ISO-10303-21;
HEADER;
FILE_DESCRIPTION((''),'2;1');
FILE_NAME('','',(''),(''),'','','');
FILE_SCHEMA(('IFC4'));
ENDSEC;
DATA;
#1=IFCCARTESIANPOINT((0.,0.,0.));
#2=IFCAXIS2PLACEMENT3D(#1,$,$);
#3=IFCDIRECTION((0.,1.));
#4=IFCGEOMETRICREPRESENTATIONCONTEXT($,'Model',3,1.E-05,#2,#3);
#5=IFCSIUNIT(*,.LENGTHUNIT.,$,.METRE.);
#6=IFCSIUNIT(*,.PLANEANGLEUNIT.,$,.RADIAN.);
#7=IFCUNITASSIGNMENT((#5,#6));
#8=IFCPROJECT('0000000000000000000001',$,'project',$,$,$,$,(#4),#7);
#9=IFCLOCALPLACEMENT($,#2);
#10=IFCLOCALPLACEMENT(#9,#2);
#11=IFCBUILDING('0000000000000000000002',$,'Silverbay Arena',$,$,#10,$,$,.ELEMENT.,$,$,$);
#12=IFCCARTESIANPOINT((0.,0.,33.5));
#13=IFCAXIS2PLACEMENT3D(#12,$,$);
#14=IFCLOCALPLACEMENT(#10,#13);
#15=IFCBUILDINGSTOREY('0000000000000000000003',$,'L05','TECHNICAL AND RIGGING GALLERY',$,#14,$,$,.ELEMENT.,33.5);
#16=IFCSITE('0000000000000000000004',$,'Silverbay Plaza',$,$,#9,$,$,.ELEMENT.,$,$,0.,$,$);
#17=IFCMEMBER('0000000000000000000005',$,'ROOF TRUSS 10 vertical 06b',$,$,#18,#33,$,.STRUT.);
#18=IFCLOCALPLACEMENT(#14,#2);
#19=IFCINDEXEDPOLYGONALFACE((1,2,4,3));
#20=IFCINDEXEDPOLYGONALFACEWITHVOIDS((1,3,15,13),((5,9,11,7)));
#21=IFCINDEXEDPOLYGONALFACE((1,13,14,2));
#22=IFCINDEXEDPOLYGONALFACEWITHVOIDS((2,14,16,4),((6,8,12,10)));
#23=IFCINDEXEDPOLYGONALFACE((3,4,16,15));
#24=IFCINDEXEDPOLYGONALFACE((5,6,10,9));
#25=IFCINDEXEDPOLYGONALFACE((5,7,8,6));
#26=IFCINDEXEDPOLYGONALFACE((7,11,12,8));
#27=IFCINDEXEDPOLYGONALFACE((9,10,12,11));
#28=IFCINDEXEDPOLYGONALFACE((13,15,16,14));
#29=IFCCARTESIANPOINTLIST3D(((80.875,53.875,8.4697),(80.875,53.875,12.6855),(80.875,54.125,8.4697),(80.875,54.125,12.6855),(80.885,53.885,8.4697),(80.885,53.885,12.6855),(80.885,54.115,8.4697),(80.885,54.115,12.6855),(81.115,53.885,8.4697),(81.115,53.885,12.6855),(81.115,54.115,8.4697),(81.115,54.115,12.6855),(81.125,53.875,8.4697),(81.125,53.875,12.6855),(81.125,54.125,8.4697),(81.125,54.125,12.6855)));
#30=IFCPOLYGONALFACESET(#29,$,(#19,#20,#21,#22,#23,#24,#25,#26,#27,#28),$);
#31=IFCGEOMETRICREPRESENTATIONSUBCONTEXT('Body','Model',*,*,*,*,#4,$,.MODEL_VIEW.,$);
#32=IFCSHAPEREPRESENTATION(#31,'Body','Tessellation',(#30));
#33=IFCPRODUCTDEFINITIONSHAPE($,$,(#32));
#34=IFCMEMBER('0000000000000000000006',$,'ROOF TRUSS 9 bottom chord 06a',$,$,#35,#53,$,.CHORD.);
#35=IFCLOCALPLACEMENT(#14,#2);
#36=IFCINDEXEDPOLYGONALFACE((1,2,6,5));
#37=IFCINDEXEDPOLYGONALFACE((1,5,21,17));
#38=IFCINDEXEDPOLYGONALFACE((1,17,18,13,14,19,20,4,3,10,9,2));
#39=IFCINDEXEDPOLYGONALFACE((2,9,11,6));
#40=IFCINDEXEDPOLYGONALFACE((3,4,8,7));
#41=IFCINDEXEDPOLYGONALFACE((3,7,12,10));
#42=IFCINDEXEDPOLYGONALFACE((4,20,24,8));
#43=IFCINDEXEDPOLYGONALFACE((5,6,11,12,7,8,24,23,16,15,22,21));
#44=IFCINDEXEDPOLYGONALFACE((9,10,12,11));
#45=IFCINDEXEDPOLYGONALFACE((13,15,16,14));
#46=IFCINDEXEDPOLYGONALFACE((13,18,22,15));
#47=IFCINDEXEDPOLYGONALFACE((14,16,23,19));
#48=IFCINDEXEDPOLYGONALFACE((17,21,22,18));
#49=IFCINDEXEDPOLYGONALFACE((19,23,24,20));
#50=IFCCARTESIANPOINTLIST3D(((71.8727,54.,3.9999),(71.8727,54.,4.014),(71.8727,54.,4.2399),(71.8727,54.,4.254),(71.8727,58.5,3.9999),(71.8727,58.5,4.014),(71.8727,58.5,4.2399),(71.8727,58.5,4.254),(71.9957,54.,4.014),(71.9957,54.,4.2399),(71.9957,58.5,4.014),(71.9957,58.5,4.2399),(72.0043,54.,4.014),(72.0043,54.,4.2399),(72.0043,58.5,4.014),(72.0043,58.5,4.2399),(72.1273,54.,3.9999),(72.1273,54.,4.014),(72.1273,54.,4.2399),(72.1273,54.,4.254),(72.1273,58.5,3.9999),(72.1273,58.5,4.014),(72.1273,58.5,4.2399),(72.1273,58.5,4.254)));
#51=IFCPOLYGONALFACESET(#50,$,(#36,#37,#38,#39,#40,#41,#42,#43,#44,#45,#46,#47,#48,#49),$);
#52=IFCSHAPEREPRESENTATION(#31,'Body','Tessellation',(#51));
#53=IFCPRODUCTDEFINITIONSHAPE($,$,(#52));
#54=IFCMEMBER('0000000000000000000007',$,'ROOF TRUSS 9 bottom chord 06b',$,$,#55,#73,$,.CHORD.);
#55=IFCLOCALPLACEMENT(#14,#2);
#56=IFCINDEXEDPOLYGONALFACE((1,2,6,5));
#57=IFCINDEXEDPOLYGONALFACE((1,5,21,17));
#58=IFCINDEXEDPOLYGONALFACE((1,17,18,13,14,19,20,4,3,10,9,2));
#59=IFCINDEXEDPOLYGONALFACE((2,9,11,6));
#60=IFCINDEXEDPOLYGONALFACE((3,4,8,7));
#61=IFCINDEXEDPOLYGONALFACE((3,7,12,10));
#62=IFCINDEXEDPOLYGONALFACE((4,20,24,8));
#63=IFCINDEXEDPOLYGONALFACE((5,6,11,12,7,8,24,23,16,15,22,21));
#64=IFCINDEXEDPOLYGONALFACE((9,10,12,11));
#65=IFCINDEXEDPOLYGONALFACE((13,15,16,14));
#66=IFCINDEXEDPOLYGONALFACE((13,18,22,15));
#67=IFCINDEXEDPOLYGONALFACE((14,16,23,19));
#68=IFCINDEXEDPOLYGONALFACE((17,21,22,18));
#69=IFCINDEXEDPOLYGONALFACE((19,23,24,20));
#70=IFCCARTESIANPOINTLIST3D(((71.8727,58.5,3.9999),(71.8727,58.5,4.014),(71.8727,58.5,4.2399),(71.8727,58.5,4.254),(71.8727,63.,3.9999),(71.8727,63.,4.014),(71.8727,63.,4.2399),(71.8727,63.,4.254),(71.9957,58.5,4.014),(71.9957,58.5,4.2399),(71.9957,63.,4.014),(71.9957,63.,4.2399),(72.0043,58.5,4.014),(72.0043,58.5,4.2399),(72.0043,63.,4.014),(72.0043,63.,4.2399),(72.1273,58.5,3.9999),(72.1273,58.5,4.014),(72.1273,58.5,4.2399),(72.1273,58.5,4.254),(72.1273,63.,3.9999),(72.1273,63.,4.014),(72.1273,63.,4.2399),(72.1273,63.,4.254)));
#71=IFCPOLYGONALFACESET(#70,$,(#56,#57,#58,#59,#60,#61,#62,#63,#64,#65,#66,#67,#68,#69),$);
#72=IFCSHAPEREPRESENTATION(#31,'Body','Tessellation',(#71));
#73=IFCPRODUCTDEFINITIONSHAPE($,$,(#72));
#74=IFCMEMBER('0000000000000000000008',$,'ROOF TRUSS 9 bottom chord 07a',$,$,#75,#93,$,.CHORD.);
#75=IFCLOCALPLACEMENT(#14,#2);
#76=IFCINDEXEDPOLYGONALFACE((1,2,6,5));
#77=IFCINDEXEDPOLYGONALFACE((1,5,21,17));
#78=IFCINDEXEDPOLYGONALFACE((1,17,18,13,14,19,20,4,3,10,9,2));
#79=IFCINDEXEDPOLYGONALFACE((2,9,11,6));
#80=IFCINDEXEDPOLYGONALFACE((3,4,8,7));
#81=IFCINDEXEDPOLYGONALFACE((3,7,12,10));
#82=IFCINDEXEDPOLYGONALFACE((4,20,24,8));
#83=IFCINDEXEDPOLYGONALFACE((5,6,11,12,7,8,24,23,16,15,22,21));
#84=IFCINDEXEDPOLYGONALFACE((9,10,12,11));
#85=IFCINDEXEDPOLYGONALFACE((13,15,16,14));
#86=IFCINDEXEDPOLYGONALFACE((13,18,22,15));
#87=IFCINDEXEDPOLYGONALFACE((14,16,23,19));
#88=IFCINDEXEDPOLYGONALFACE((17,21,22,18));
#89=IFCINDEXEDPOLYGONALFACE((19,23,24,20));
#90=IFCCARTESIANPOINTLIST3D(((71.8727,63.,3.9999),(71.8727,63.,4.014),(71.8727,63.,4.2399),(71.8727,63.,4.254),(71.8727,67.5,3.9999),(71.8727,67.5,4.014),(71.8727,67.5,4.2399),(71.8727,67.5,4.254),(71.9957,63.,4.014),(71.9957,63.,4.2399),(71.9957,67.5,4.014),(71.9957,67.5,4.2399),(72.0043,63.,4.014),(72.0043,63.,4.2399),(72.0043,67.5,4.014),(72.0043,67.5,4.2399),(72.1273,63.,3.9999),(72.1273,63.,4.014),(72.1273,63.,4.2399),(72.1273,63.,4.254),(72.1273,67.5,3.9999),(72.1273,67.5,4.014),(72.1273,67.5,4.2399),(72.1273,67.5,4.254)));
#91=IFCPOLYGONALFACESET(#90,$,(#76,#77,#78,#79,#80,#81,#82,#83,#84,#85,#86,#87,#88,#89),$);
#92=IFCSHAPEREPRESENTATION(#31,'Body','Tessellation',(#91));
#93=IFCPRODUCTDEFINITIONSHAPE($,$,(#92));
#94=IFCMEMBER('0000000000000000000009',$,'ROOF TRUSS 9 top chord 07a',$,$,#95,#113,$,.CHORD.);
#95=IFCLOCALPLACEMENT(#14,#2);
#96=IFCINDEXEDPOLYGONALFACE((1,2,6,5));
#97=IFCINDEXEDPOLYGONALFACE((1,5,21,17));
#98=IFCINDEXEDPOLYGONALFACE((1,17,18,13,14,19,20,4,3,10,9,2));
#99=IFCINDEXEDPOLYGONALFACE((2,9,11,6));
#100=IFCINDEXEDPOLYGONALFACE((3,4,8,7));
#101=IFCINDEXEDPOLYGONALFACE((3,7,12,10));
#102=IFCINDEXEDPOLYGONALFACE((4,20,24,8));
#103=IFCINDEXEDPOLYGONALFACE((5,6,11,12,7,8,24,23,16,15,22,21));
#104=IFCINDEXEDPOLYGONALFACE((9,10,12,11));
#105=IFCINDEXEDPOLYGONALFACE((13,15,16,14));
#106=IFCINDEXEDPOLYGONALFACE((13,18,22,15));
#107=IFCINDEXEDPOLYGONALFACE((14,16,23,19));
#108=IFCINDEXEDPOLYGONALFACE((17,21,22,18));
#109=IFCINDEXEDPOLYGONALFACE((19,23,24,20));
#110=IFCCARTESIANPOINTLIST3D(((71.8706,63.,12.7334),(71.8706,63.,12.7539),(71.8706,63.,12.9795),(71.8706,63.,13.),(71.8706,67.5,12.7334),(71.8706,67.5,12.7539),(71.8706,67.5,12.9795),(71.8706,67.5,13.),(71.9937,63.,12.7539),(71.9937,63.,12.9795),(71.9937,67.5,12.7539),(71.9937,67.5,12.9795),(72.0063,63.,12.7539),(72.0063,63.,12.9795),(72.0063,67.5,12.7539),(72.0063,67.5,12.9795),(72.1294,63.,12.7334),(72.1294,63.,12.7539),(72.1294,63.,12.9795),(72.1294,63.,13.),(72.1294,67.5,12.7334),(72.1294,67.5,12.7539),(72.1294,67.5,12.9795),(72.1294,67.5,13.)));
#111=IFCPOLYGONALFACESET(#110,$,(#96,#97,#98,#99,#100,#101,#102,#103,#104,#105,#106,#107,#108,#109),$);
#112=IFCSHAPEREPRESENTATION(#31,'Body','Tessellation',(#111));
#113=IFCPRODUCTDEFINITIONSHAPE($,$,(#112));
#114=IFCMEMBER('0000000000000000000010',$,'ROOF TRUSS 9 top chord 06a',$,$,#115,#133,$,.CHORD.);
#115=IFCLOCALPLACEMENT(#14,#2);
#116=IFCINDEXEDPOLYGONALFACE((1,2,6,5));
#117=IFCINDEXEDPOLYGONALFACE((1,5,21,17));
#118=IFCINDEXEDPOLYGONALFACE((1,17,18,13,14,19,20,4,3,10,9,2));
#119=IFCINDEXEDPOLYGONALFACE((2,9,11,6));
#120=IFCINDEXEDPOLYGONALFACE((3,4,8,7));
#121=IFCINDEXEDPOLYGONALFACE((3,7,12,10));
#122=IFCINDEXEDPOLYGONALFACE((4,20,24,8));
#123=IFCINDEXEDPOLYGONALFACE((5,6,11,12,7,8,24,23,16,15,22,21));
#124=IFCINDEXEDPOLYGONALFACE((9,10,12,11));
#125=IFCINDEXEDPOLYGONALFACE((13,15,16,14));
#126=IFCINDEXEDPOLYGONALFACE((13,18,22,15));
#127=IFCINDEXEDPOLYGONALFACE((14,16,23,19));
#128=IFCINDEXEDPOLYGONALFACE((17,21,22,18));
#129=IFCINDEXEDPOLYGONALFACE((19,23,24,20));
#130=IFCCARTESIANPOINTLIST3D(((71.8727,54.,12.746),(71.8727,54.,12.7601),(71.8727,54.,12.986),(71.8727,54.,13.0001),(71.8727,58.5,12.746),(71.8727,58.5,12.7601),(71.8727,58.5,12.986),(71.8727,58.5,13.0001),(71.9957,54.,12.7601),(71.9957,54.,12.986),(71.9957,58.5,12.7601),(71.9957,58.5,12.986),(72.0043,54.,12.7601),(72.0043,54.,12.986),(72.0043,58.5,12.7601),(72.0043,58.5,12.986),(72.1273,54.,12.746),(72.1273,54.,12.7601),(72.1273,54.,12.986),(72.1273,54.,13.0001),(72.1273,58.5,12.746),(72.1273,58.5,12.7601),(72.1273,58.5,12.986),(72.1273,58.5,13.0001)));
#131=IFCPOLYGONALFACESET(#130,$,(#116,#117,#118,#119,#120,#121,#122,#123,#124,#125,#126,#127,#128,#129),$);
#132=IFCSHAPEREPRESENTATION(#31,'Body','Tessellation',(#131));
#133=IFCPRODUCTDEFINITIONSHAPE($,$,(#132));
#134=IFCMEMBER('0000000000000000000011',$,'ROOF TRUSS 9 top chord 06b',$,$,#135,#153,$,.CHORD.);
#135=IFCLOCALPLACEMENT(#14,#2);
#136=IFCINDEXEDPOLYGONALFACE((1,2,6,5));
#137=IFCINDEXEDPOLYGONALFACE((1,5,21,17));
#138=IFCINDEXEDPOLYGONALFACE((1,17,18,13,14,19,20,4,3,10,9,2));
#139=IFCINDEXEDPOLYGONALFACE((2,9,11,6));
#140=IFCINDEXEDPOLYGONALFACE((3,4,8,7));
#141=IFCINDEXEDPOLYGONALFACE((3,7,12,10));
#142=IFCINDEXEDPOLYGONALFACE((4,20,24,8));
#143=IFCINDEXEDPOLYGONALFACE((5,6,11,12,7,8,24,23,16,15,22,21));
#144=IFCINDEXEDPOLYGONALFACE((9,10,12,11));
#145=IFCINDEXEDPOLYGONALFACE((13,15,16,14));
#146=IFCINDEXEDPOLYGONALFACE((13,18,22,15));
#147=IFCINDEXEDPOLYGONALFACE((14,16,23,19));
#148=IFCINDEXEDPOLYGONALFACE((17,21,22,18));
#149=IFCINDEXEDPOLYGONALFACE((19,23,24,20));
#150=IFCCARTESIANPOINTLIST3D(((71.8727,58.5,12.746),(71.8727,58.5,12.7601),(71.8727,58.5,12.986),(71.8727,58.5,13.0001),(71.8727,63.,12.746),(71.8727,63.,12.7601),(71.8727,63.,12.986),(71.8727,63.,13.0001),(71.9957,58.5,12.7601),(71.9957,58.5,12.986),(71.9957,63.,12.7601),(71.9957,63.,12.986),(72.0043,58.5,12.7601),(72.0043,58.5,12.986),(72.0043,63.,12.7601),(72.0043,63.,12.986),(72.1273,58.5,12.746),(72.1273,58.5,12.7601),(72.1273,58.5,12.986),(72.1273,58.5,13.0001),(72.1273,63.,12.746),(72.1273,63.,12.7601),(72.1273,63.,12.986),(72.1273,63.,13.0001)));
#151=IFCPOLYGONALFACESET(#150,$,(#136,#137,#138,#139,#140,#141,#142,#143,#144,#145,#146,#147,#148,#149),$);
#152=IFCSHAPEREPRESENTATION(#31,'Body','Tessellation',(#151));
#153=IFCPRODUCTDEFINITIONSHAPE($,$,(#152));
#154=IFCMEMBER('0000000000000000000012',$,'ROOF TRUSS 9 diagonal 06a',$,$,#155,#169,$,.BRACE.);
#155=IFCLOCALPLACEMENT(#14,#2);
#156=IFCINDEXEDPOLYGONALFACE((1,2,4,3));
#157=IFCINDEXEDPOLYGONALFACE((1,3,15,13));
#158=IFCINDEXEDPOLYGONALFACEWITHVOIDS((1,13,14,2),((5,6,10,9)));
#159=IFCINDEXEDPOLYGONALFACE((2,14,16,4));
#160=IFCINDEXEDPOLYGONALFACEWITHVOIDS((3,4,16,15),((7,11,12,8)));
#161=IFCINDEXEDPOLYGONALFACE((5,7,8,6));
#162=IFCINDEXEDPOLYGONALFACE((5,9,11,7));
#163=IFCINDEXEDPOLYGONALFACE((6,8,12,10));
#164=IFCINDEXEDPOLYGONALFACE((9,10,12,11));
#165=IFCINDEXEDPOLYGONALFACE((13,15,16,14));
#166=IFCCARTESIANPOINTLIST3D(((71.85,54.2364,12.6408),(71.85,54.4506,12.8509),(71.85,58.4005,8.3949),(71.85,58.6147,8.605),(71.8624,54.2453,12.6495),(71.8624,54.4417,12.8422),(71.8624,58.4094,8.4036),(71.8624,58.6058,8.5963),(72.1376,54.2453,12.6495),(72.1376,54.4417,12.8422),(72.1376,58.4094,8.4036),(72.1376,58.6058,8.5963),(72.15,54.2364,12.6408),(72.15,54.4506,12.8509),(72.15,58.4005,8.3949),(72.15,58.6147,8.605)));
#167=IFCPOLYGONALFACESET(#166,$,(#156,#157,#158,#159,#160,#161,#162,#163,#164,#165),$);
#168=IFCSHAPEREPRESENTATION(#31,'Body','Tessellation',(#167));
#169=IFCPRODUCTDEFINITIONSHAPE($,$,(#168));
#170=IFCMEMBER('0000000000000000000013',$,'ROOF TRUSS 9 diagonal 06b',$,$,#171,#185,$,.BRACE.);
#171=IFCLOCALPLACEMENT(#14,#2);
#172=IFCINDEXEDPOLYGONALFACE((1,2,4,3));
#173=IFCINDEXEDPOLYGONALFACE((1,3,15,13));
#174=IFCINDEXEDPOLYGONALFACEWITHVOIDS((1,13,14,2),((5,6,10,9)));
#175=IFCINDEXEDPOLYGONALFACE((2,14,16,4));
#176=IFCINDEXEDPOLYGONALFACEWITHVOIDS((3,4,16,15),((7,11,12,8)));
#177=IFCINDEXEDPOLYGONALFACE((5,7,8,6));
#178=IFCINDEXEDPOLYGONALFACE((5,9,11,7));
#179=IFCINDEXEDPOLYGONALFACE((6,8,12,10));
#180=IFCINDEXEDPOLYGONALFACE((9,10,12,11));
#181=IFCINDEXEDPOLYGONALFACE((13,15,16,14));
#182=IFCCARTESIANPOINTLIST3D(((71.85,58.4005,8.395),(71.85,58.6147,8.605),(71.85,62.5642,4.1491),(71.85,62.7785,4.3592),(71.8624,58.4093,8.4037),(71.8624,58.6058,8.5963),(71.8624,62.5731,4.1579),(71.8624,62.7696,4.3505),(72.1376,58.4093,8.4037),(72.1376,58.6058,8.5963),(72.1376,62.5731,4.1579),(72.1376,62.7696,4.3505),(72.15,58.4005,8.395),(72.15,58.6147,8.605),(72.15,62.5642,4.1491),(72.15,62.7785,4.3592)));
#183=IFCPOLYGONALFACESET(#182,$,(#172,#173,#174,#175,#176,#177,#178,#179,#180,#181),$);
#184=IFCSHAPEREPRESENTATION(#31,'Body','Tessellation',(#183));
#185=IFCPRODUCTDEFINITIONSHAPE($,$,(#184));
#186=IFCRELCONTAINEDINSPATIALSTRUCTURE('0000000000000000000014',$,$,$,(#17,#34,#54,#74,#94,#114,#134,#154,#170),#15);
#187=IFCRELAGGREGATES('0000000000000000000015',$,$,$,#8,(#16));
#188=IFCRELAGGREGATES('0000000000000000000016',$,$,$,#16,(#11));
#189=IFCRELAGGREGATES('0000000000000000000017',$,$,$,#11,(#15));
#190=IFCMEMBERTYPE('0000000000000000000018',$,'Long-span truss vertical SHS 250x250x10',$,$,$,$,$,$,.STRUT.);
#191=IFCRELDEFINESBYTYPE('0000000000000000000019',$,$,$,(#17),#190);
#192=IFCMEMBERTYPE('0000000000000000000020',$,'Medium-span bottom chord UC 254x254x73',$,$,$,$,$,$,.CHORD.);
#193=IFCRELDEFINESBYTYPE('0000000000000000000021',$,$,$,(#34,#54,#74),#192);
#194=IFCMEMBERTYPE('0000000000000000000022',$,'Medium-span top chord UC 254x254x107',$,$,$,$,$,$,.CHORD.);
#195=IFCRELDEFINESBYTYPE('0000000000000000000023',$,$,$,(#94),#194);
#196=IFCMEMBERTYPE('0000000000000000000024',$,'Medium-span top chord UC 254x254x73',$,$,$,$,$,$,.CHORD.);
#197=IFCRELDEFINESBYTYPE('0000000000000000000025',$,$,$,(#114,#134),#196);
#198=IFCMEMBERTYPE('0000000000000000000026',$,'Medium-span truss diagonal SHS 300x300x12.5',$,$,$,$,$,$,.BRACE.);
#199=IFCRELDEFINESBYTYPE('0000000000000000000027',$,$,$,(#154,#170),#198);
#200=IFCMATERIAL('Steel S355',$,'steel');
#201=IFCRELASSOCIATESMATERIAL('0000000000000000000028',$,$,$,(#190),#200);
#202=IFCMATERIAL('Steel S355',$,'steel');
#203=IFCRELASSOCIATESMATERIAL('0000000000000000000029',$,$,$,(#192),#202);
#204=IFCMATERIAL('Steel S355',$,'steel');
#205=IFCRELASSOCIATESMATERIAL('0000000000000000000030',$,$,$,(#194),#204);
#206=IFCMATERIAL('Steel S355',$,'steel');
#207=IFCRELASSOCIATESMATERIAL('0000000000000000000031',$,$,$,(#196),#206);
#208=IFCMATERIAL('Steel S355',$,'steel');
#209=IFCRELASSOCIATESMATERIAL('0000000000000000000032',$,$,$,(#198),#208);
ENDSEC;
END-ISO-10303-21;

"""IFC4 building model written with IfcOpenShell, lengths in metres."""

from ifc_helpers import new_model, si_unit, direction, frame, origin, origin_2d, place, context, subcontext, project, spatial, hollow_rectangle, i_section, extrude, material, material_profile, profile_set, type_object, element, save


model = new_model("IFC4")

# Units and contexts
model_context = context("Model", 3, precision=1e-05, world=origin(), true_north=direction((0.0, 1.0)))
body_context = subcontext(model_context, "Body", "Model", "MODEL_VIEW")
ifc_project = project(units=[si_unit("LENGTHUNIT", "METRE"), si_unit("PLANEANGLEUNIT", "RADIAN")], contexts=[model_context])

# Site, building, storey
site_placement = place(None, origin())
site = spatial("IfcSite", under=ifc_project, at=site_placement, Name="Silverbay Plaza", CompositionType="ELEMENT", RefElevation=0.0)
building_placement = place(site_placement, origin())
building = spatial("IfcBuilding", under=site, at=building_placement, Name="Silverbay Arena", CompositionType="ELEMENT")
storey_placement = place(building_placement, frame((0.0, 0.0, 33.5)))
storey = spatial("IfcBuildingStorey", under=building, at=storey_placement, Name="L05", Description="TECHNICAL AND RIGGING GALLERY", CompositionType="ELEMENT", Elevation=33.5)

# Members
ifc_material_1 = material(Name="Steel S355", Category="steel")
ifc_material_profile_1 = material_profile(ifc_material_1, hollow_rectangle(XDim=0.25, YDim=0.25, WallThickness=0.01, at=origin_2d()), Name="SHS 250x250x10")
ifc_profile_set_1 = profile_set([ifc_material_profile_1], Name="Steel S355")
member_type_1 = type_object("IfcMemberType", Name="Long-span truss vertical SHS 250x250x10", PredefinedType="STRUT", material=ifc_profile_set_1)
member_1_placement = place(storey_placement, frame((81.0, 54.0, 8.4697), z_axis=(0.0, 0.0, 1.0), x_axis=(1.0, 0.0, 0.0)))
element("IfcMember", 1, at=member_1_placement, inside=storey, type_object=member_type_1, Name="ROOF TRUSS 10 vertical 06b", PredefinedType="STRUT", context=body_context, shape_type="SweptSolid", body=[
    extrude(hollow_rectangle(XDim=0.25, YDim=0.25, WallThickness=0.01, at=origin_2d()), origin(), (0.0, 0.0, 1.0), 4.2158),
])
ifc_material_2 = material(Name="Steel S355", Category="steel")
ifc_material_profile_2 = material_profile(ifc_material_2, i_section(OverallWidth=0.2546, OverallDepth=0.2542, WebThickness=0.0085, FlangeThickness=0.0142, at=origin_2d()), Name="UC 254x254x73")
ifc_profile_set_2 = profile_set([ifc_material_profile_2], Name="Steel S355")
member_type_2 = type_object("IfcMemberType", Name="Medium-span bottom chord UC 254x254x73", PredefinedType="CHORD", material=ifc_profile_set_2)
for number, where, z_axis, x_axis, name in (
    (2, (72.0, 54.0, 4.127), (0.0, 1.0, 0.0), (-1.0, 0.0, 0.0), "ROOF TRUSS 9 bottom chord 06a"),
    (3, (72.0, 58.5, 4.127), (0.0, 1.0, 0.0), (-1.0, 0.0, 0.0), "ROOF TRUSS 9 bottom chord 06b"),
    (4, (72.0, 63.0, 4.127), (0.0, 1.0, 0.0), (-1.0, 0.0, 0.0), "ROOF TRUSS 9 bottom chord 07a"),
):
    element("IfcMember", number, at=place(storey_placement, frame(where, z_axis=z_axis, x_axis=x_axis)), inside=storey, type_object=member_type_2, Name=name, PredefinedType="CHORD", context=body_context, shape_type="SweptSolid", body=[
        extrude(i_section(OverallWidth=0.2546, OverallDepth=0.2542, WebThickness=0.0085, FlangeThickness=0.0142, at=origin_2d()), origin(), (0.0, 0.0, 1.0), 4.5),
    ])
ifc_material_3 = material(Name="Steel S355", Category="steel")
ifc_material_profile_3 = material_profile(ifc_material_3, i_section(OverallWidth=0.2588, OverallDepth=0.2666, WebThickness=0.0127, FlangeThickness=0.0205, at=origin_2d()), Name="UC 254x254x107")
ifc_profile_set_3 = profile_set([ifc_material_profile_3], Name="Steel S355")
member_type_3 = type_object("IfcMemberType", Name="Medium-span top chord UC 254x254x107", PredefinedType="CHORD", material=ifc_profile_set_3)
member_2_placement = place(storey_placement, frame((72.0, 63.0, 12.8667), z_axis=(0.0, 1.0, 0.0), x_axis=(-1.0, 0.0, 0.0)))
element("IfcMember", 5, at=member_2_placement, inside=storey, type_object=member_type_3, Name="ROOF TRUSS 9 top chord 07a", PredefinedType="CHORD", context=body_context, shape_type="SweptSolid", body=[
    extrude(i_section(OverallWidth=0.2588, OverallDepth=0.2666, WebThickness=0.0127, FlangeThickness=0.0205, at=origin_2d()), origin(), (0.0, 0.0, 1.0), 4.5),
])
ifc_material_4 = material(Name="Steel S355", Category="steel")
ifc_material_profile_4 = material_profile(ifc_material_4, i_section(OverallWidth=0.2546, OverallDepth=0.2542, WebThickness=0.0085, FlangeThickness=0.0142, at=origin_2d()), Name="UC 254x254x73")
ifc_profile_set_4 = profile_set([ifc_material_profile_4], Name="Steel S355")
member_type_4 = type_object("IfcMemberType", Name="Medium-span top chord UC 254x254x73", PredefinedType="CHORD", material=ifc_profile_set_4)
for number, where, z_axis, x_axis, name in (
    (6, (72.0, 54.0, 12.873), (0.0, 1.0, 0.0), (-1.0, 0.0, 0.0), "ROOF TRUSS 9 top chord 06a"),
    (7, (72.0, 58.5, 12.873), (0.0, 1.0, 0.0), (-1.0, 0.0, 0.0), "ROOF TRUSS 9 top chord 06b"),
):
    element("IfcMember", number, at=place(storey_placement, frame(where, z_axis=z_axis, x_axis=x_axis)), inside=storey, type_object=member_type_4, Name=name, PredefinedType="CHORD", context=body_context, shape_type="SweptSolid", body=[
        extrude(i_section(OverallWidth=0.2546, OverallDepth=0.2542, WebThickness=0.0085, FlangeThickness=0.0142, at=origin_2d()), origin(), (0.0, 0.0, 1.0), 4.5),
    ])
ifc_material_5 = material(Name="Steel S355", Category="steel")
ifc_material_profile_5 = material_profile(ifc_material_5, hollow_rectangle(XDim=0.3, YDim=0.3, WallThickness=0.0125, at=origin_2d()), Name="SHS 300x300x12.5")
ifc_profile_set_5 = profile_set([ifc_material_profile_5], Name="Steel S355")
member_type_5 = type_object("IfcMemberType", Name="Medium-span truss diagonal SHS 300x300x12.5", PredefinedType="BRACE", material=ifc_profile_set_5)
member_3_placement = place(storey_placement, frame((72.0, 54.3435, 12.7458), z_axis=(0.0, 0.700197, -0.71395), x_axis=(-1.0, 0.0, 0.0)))
element("IfcMember", 8, at=member_3_placement, inside=storey, type_object=member_type_5, Name="ROOF TRUSS 9 diagonal 06a", PredefinedType="BRACE", context=body_context, shape_type="SweptSolid", body=[
    extrude(hollow_rectangle(XDim=0.3, YDim=0.3, WallThickness=0.0125, at=origin_2d()), origin(), (0.0, 0.0, 1.0), 5.947),
])
member_4_placement = place(storey_placement, frame((72.0, 58.5076, 8.5), z_axis=(0.0, 0.700176, -0.71397), x_axis=(-1.0, 0.0, 0.0)))
element("IfcMember", 9, at=member_4_placement, inside=storey, type_object=member_type_5, Name="ROOF TRUSS 9 diagonal 06b", PredefinedType="BRACE", context=body_context, shape_type="SweptSolid", body=[
    extrude(hollow_rectangle(XDim=0.3, YDim=0.3, WallThickness=0.0125, at=origin_2d()), origin(), (0.0, 0.0, 1.0), 5.9468),
])

save(model, "model.ifc")
